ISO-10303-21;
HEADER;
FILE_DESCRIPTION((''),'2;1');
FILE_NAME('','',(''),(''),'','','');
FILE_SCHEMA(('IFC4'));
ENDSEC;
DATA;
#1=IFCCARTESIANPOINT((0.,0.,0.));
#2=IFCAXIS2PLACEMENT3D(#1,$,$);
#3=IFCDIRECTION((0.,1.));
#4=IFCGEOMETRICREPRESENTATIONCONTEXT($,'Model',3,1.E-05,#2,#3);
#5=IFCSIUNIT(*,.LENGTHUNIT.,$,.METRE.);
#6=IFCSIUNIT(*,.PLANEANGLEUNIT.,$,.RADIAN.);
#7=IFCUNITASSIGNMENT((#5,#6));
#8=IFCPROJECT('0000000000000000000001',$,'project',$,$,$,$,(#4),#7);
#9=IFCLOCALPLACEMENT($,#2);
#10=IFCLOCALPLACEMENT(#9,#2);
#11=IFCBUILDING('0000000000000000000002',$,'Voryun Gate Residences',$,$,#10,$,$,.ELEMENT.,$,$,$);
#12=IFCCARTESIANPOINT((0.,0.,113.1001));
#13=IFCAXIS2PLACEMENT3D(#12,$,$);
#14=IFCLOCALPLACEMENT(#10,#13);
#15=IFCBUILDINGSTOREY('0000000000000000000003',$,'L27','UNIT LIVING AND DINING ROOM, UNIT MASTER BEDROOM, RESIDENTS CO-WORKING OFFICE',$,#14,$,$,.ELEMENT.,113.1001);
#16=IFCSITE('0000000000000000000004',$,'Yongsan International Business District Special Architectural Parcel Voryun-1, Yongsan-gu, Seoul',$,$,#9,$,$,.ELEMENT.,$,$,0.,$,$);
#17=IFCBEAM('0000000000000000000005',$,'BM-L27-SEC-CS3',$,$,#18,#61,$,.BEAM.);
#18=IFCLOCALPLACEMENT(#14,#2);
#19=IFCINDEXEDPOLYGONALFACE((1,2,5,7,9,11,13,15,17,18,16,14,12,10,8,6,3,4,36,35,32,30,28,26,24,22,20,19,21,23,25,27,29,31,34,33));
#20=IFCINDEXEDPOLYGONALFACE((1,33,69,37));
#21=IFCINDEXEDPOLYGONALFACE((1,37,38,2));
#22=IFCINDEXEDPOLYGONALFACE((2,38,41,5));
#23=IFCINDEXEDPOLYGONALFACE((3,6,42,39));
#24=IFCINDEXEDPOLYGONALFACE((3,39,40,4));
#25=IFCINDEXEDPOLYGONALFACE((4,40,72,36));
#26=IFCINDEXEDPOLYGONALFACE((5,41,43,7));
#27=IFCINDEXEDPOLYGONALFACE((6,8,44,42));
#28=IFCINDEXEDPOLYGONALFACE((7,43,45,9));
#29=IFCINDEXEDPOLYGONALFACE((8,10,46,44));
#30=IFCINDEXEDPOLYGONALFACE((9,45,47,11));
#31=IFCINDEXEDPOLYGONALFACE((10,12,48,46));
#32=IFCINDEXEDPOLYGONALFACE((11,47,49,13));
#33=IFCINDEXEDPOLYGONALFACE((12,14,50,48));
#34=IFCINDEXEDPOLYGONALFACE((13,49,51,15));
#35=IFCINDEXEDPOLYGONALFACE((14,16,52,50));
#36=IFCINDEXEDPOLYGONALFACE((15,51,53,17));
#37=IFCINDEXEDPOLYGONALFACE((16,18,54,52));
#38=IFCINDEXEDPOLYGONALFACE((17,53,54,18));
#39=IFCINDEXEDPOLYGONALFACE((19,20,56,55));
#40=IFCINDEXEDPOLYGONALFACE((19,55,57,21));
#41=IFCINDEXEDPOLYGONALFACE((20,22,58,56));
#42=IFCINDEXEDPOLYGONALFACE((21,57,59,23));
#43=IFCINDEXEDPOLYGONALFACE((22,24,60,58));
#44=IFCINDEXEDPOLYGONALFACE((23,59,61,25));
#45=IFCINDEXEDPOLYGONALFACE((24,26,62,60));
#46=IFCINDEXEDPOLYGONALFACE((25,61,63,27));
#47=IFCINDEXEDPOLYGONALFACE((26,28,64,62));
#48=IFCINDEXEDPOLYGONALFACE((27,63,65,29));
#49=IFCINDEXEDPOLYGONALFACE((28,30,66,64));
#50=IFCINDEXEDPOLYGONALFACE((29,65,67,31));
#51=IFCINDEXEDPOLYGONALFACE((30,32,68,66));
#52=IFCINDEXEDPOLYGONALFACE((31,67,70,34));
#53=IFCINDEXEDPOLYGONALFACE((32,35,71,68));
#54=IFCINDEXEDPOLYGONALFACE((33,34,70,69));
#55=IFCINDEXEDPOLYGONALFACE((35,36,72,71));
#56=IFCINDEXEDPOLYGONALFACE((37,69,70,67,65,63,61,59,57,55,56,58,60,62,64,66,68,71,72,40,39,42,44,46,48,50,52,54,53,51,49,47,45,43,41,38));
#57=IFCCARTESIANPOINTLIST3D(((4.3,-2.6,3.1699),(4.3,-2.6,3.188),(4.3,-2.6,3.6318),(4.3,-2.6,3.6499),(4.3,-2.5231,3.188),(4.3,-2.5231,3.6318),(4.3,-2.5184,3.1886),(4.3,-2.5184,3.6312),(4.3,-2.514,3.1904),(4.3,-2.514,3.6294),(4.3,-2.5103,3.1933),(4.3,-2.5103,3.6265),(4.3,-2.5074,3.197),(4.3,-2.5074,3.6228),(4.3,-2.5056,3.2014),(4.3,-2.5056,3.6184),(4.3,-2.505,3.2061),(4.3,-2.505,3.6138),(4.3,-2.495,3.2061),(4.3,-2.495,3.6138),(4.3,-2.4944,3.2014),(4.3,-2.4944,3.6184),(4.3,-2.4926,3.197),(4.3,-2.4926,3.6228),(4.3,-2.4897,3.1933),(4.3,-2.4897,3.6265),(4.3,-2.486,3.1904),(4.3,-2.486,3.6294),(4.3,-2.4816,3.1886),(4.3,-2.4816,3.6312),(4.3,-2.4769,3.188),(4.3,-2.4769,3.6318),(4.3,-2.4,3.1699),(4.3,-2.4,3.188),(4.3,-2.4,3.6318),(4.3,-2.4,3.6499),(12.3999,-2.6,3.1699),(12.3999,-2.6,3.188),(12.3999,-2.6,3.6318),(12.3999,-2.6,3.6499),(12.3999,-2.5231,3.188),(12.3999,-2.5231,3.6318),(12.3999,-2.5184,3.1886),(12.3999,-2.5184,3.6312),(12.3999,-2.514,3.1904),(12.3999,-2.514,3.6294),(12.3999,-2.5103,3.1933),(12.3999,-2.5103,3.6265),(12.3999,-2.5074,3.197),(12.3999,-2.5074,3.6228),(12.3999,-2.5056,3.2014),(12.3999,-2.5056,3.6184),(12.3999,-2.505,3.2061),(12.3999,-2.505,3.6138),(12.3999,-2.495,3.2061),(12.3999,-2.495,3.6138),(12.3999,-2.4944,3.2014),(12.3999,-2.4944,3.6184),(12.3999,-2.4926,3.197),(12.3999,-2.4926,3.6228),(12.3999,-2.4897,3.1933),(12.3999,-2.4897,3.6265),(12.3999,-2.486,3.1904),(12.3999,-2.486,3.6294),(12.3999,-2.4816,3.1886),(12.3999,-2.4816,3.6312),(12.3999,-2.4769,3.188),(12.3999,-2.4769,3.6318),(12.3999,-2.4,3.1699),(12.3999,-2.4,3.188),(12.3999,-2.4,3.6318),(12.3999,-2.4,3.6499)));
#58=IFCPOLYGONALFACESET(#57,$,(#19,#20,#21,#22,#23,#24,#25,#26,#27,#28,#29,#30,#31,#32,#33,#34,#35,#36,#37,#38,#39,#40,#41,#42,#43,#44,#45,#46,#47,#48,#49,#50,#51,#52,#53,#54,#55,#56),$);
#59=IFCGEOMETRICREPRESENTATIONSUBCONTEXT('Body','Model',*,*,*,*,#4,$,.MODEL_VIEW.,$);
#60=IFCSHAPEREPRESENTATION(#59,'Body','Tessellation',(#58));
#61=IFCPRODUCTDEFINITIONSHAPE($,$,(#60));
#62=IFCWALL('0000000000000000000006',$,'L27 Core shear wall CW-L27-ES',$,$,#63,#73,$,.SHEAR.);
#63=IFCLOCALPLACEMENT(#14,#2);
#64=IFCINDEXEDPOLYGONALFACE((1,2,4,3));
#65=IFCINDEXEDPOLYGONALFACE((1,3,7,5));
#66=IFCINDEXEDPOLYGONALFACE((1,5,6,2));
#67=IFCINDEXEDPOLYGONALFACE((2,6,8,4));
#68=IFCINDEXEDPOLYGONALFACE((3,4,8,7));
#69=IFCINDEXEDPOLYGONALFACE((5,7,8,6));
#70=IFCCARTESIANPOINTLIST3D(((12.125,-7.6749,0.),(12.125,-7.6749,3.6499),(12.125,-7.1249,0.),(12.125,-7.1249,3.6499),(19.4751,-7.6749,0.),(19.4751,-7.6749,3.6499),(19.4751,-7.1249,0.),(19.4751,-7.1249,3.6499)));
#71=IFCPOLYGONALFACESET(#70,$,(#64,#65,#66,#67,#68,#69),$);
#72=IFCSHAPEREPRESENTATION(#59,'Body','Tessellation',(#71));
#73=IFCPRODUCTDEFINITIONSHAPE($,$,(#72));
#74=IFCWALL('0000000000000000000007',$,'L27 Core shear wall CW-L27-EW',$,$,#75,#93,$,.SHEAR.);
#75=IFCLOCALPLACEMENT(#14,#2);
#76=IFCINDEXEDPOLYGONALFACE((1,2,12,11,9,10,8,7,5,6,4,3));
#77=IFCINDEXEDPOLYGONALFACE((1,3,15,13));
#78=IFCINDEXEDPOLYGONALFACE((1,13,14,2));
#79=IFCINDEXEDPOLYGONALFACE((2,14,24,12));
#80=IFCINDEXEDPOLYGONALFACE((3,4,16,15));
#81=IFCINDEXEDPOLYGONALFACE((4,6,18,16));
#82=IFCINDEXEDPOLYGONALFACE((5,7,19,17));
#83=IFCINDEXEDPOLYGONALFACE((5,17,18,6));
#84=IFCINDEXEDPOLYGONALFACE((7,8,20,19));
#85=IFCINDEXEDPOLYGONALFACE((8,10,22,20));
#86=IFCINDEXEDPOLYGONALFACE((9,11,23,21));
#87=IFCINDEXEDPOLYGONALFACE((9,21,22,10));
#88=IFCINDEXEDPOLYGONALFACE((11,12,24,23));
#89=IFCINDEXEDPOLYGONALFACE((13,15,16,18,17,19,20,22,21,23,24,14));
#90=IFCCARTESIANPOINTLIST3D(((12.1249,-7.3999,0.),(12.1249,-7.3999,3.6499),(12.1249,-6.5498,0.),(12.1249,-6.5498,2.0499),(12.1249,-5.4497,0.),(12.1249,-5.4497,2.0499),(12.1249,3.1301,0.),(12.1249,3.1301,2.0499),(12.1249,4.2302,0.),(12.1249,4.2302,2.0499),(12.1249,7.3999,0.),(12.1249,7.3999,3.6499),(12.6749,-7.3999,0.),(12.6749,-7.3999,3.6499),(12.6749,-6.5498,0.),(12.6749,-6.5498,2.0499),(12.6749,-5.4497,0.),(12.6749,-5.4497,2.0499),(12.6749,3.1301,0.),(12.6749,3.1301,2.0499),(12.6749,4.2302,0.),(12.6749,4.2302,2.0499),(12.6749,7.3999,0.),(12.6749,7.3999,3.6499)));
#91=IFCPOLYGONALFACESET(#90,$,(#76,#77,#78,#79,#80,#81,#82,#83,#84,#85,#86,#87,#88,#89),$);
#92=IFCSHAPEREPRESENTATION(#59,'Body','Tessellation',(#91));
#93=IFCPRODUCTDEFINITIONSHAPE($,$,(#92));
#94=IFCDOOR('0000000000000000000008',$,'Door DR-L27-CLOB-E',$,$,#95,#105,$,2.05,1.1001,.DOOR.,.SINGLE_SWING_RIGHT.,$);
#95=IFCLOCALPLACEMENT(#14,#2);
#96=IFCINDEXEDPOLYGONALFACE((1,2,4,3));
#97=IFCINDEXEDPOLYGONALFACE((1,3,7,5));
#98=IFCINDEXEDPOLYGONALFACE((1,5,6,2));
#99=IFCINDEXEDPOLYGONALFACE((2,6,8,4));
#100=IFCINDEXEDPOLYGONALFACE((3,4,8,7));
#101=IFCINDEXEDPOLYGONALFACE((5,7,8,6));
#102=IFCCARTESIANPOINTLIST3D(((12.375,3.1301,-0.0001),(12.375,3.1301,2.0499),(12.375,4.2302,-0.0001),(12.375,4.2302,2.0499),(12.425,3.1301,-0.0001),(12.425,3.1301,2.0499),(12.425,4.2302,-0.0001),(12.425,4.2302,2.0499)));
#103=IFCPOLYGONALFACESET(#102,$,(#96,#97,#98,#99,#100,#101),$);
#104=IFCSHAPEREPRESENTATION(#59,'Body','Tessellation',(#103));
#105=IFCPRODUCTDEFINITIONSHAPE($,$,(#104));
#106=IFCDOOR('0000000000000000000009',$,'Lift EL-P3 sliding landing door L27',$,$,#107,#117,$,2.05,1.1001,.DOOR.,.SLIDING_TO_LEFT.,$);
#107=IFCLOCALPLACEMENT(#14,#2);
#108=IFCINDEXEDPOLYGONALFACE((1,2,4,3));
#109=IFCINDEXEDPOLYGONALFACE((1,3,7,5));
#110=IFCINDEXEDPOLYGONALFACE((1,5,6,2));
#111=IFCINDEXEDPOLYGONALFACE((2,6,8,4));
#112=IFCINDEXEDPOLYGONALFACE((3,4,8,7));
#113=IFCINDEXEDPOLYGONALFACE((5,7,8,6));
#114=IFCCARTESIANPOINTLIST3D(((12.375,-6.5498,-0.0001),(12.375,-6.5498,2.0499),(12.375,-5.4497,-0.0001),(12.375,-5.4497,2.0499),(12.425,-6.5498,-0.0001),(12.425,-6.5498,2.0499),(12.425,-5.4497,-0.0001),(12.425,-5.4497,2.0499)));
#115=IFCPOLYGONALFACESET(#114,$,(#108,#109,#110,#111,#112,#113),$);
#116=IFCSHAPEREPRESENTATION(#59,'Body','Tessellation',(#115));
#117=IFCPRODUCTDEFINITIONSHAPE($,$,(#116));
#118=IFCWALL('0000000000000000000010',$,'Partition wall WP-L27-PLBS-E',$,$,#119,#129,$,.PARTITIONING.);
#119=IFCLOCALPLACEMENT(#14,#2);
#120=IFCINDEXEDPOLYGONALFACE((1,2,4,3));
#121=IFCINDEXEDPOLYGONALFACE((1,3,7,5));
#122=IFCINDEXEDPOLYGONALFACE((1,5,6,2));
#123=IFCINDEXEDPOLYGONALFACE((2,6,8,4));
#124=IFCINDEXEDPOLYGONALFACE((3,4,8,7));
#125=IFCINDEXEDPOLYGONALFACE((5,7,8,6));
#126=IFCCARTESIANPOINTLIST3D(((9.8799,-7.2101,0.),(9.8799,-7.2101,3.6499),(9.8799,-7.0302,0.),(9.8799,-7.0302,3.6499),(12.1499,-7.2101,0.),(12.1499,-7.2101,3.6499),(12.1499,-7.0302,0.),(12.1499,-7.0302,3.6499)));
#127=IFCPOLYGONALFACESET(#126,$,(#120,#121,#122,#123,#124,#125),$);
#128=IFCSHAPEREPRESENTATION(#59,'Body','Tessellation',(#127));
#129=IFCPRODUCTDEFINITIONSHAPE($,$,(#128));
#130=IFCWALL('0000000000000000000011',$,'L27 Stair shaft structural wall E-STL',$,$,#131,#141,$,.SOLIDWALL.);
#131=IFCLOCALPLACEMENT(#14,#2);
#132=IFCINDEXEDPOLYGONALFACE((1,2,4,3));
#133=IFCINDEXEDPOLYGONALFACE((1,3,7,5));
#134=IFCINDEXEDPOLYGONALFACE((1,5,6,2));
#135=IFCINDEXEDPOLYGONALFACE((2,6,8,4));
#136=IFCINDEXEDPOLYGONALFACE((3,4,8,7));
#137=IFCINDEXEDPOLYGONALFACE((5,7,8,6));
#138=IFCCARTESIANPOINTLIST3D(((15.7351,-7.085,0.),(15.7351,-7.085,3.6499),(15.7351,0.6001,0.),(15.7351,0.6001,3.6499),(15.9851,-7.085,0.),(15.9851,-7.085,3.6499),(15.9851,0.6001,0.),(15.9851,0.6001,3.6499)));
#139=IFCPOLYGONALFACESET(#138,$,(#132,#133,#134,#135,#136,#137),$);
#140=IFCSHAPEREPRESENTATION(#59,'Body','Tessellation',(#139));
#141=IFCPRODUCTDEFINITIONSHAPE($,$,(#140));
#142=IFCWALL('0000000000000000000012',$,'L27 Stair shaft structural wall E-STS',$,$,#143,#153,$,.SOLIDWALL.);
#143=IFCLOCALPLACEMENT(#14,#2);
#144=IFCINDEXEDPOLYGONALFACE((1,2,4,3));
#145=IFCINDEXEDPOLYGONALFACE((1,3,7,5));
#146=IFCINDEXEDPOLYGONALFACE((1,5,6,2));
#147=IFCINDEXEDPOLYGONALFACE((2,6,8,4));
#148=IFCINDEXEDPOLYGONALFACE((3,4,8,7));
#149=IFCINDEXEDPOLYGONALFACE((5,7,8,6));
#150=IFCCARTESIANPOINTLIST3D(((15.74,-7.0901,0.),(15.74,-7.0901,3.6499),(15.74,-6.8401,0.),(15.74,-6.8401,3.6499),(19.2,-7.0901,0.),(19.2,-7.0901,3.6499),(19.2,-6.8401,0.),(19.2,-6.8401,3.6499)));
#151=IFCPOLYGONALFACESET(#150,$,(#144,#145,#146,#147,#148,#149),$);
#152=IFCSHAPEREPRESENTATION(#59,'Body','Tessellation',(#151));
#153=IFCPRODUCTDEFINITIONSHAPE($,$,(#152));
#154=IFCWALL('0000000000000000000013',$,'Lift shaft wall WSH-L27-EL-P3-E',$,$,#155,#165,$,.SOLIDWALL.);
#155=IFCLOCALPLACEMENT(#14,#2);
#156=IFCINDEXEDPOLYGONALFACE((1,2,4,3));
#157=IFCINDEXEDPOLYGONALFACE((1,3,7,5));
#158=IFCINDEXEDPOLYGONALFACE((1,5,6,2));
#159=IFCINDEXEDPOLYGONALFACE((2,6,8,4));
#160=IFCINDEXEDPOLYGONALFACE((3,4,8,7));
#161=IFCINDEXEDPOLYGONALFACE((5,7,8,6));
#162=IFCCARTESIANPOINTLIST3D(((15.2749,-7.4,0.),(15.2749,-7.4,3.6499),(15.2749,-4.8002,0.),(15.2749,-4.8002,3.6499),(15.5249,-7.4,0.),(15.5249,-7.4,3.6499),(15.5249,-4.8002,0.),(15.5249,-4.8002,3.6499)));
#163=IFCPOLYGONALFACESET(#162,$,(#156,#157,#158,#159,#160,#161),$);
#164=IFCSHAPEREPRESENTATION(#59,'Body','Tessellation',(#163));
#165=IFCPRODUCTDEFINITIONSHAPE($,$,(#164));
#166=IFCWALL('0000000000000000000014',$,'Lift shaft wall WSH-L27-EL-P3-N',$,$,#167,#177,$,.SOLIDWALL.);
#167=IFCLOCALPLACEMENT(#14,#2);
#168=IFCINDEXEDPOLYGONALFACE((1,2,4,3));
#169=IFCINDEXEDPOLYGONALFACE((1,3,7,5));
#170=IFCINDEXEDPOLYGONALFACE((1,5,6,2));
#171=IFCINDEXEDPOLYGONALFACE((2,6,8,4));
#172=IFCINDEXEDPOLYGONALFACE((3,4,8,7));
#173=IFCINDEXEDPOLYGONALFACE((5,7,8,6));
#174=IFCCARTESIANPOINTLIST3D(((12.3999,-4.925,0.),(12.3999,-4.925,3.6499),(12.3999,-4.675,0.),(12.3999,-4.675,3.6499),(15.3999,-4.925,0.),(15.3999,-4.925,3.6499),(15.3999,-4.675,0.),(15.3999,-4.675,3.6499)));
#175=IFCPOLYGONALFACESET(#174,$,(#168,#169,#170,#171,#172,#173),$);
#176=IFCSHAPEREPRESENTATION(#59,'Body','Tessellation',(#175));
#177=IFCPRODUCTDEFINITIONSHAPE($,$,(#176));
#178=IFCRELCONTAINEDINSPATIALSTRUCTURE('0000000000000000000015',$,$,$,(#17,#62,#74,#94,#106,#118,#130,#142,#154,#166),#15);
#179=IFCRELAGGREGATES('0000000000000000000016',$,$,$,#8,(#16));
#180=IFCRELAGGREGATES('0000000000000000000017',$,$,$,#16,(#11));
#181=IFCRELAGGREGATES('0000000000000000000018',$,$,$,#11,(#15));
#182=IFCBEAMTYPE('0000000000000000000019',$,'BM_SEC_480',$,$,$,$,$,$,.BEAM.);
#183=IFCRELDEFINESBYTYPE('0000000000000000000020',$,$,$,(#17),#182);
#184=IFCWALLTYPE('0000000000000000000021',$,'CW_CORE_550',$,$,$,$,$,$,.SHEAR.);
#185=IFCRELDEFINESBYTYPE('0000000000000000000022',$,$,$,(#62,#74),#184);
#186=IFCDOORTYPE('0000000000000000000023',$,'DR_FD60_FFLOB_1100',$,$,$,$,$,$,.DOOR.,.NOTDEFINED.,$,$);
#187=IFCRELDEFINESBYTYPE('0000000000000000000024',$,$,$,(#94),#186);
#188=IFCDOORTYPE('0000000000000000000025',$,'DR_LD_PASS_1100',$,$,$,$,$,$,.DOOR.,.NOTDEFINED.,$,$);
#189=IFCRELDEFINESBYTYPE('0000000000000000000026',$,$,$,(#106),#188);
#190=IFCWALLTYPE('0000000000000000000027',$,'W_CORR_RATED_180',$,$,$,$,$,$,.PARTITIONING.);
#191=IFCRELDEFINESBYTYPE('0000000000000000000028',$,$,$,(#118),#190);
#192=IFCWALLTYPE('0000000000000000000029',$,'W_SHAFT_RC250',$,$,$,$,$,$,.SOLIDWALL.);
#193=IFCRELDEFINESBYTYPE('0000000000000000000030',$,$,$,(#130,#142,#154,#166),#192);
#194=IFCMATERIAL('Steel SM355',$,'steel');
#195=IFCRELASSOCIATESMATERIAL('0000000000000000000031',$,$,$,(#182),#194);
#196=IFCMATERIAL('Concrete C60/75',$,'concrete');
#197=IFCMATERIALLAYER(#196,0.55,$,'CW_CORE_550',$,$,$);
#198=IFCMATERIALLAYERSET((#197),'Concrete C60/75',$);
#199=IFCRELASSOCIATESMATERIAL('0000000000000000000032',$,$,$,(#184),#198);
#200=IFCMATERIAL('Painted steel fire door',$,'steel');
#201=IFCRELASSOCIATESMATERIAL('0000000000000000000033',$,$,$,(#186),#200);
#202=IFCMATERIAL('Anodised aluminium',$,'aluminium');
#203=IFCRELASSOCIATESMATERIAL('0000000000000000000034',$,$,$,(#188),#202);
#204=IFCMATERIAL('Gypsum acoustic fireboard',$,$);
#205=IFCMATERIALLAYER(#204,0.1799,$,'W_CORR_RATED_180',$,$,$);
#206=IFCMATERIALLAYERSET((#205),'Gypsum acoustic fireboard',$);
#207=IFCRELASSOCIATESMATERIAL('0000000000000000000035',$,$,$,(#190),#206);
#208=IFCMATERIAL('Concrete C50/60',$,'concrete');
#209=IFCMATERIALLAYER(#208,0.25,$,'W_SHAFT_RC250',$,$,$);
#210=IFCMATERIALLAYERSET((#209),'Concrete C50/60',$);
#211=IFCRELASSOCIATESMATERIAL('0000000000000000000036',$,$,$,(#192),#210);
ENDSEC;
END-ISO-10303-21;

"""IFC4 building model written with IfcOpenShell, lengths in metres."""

from ifc_helpers import new_model, si_unit, direction, frame, frame_2d, origin, origin_2d, place, context, subcontext, project, spatial, rectangle, i_section, extrude, material, layer, layer_set, material_profile, profile_set, type_object, element, fill, save


model = new_model("IFC4")

# Units and contexts
model_context = context("Model", 3, precision=1e-05, world=origin(), true_north=direction((0.0, 1.0)))
body_context = subcontext(model_context, "Body", "Model", "MODEL_VIEW")
ifc_project = project(units=[si_unit("LENGTHUNIT", "METRE"), si_unit("PLANEANGLEUNIT", "RADIAN")], contexts=[model_context])

# Site, building, storey
site_placement = place(None, origin())
site = spatial("IfcSite", under=ifc_project, at=site_placement, Name="Yongsan International Business District Special Architectural Parcel Voryun-1, Yongsan-gu, Seoul", CompositionType="ELEMENT", RefElevation=0.0)
building_placement = place(site_placement, origin())
building = spatial("IfcBuilding", under=site, at=building_placement, Name="Voryun Gate Residences", CompositionType="ELEMENT")
storey_placement = place(building_placement, frame((0.0, 0.0, 113.1001)))
storey = spatial("IfcBuildingStorey", under=building, at=storey_placement, Name="L27", Description="UNIT LIVING AND DINING ROOM, UNIT MASTER BEDROOM, RESIDENTS CO-WORKING OFFICE", CompositionType="ELEMENT", Elevation=113.1001)

# Beam
ifc_material_1 = material(Name="Steel SM355", Category="steel")
ifc_material_profile_1 = material_profile(ifc_material_1, i_section(OverallWidth=0.2, OverallDepth=0.48, WebThickness=0.01, FlangeThickness=0.0181, FilletRadius=0.0181, at=origin_2d()), Name="H-480x200x10x18")
ifc_profile_set_1 = profile_set([ifc_material_profile_1], Name="Steel SM355")
beam_type_1 = type_object("IfcBeamType", Name="BM_SEC_480", PredefinedType="BEAM", material=ifc_profile_set_1)
beam_1_placement = place(storey_placement, frame((4.3, -2.5, 3.4099), z_axis=(1.0, 0.0, 0.0), x_axis=(0.0, 1.0, 0.0)))
element("IfcBeam", 1, at=beam_1_placement, inside=storey, type_object=beam_type_1, Name="BM-L27-SEC-CS3", PredefinedType="BEAM", context=body_context, shape_type="SweptSolid", body=[
    extrude(i_section(OverallWidth=0.2, OverallDepth=0.48, WebThickness=0.01, FlangeThickness=0.0181, FilletRadius=0.0181, at=origin_2d()), origin(), (0.0, 0.0, 1.0), 8.0999),
])

# Wall
ifc_material_2 = material(Name="Concrete C60/75", Category="concrete")
ifc_layer_1 = layer(ifc_material_2, 0.55, Name="CW_CORE_550")
ifc_layer_set_1 = layer_set([ifc_layer_1], Name="Concrete C60/75")
wall_type_1 = type_object("IfcWallType", Name="CW_CORE_550", PredefinedType="SHEAR", material=ifc_layer_set_1)
wall_1_placement = place(storey_placement, frame((12.125, -7.3999, 0.0), z_axis=(0.0, 0.0, 1.0), x_axis=(1.0, 0.0, 0.0)))
element("IfcWall", 2, at=wall_1_placement, inside=storey, type_object=wall_type_1, Name="L27 Core shear wall CW-L27-ES", PredefinedType="SHEAR", context=body_context, shape_type="SweptSolid", body=[
    extrude(rectangle(XDim=7.3501, YDim=0.55, at=frame_2d((3.675, 0.0))), origin(), (0.0, 0.0, 1.0), 3.6499),
])

# Wall, openings, doors
wall_2_placement = place(storey_placement, frame((12.3999, -7.3999, 0.0), z_axis=(0.0, 0.0, 1.0), x_axis=(0.0, 1.0, 0.0)))
wall_2 = element("IfcWall", 3, at=wall_2_placement, inside=storey, type_object=wall_type_1, Name="L27 Core shear wall CW-L27-EW", PredefinedType="SHEAR", context=body_context, shape_type="SweptSolid", body=[
    extrude(rectangle(XDim=14.7998, YDim=0.55, at=frame_2d((7.3999, 0.0))), origin(), (0.0, 0.0, 1.0), 3.6499),
])
opening_1_placement = place(wall_2_placement, frame((0.8501, 0.0, 0.0)))
opening_1 = element("IfcOpeningElement", 4, at=opening_1_placement, cuts=wall_2, PredefinedType="OPENING", context=body_context, shape_type="SweptSolid", body=[
    extrude(rectangle(XDim=1.1001, YDim=2.05, at=frame_2d((0.55, 1.0249))), frame((0.0, 0.2849, 0.0), z_axis=(0.0, -1.0, 0.0), x_axis=(1.0, 0.0, 0.0)), (0.0, 0.0, 1.0), 0.5701),
])
opening_2_placement = place(wall_2_placement, frame((10.53, 0.0, 0.0)))
opening_2 = element("IfcOpeningElement", 5, at=opening_2_placement, cuts=wall_2, PredefinedType="OPENING", context=body_context, shape_type="SweptSolid", body=[
    extrude(rectangle(XDim=1.1001, YDim=2.05, at=frame_2d((0.55, 1.0249))), frame((0.0, 0.2849, 0.0), z_axis=(0.0, -1.0, 0.0), x_axis=(1.0, 0.0, 0.0)), (0.0, 0.0, 1.0), 0.5701),
])
ifc_material_3 = material(Name="Painted steel fire door", Category="steel")
door_type_1 = type_object("IfcDoorType", Name="DR_FD60_FFLOB_1100", OperationType="NOTDEFINED", PredefinedType="DOOR", material=ifc_material_3)
door_1_placement = place(opening_2_placement, origin())
door_1 = element("IfcDoor", 6, at=door_1_placement, inside=storey, type_object=door_type_1, Name="Door DR-L27-CLOB-E", OperationType="SINGLE_SWING_RIGHT", OverallHeight=2.05, OverallWidth=1.1001, PredefinedType="DOOR", context=body_context, shape_type="SweptSolid", body=[
    extrude(rectangle(XDim=1.1001, YDim=2.05, at=frame_2d((0.55, 1.0249))), frame((0.0, 0.0249, 0.0), z_axis=(0.0, -1.0, 0.0), x_axis=(1.0, 0.0, 0.0)), (0.0, 0.0, 1.0), 0.05),
])
fill(opening_2, door_1)
ifc_material_4 = material(Name="Anodised aluminium", Category="aluminium")
door_type_2 = type_object("IfcDoorType", Name="DR_LD_PASS_1100", OperationType="NOTDEFINED", PredefinedType="DOOR", material=ifc_material_4)
door_2_placement = place(opening_1_placement, origin())
door_2 = element("IfcDoor", 7, at=door_2_placement, inside=storey, type_object=door_type_2, Name="Lift EL-P3 sliding landing door L27", OperationType="SLIDING_TO_LEFT", OverallHeight=2.05, OverallWidth=1.1001, PredefinedType="DOOR", context=body_context, shape_type="SweptSolid", body=[
    extrude(rectangle(XDim=1.1001, YDim=2.05, at=frame_2d((0.55, 1.0249))), frame((0.0, 0.0249, 0.0), z_axis=(0.0, -1.0, 0.0), x_axis=(1.0, 0.0, 0.0)), (0.0, 0.0, 1.0), 0.05),
])
fill(opening_1, door_2)

# Walls
ifc_material_5 = material(Name="Gypsum acoustic fireboard")
ifc_layer_2 = layer(ifc_material_5, 0.1799, Name="W_CORR_RATED_180")
ifc_layer_set_2 = layer_set([ifc_layer_2], Name="Gypsum acoustic fireboard")
wall_type_2 = type_object("IfcWallType", Name="W_CORR_RATED_180", PredefinedType="PARTITIONING", material=ifc_layer_set_2)
wall_3_placement = place(storey_placement, frame((9.8799, -7.1201, 0.0), z_axis=(0.0, 0.0, 1.0), x_axis=(1.0, 0.0, 0.0)))
element("IfcWall", 8, at=wall_3_placement, inside=storey, type_object=wall_type_2, Name="Partition wall WP-L27-PLBS-E", PredefinedType="PARTITIONING", context=body_context, shape_type="SweptSolid", body=[
    extrude(rectangle(XDim=2.27, YDim=0.1799, at=frame_2d((1.135, 0.0))), origin(), (0.0, 0.0, 1.0), 3.6499),
])
ifc_material_6 = material(Name="Concrete C50/60", Category="concrete")
ifc_layer_3 = layer(ifc_material_6, 0.25, Name="W_SHAFT_RC250")
ifc_layer_set_3 = layer_set([ifc_layer_3], Name="Concrete C50/60")
wall_type_3 = type_object("IfcWallType", Name="W_SHAFT_RC250", PredefinedType="SOLIDWALL", material=ifc_layer_set_3)
wall_4_placement = place(storey_placement, frame((15.8601, -7.085, 0.0), z_axis=(0.0, 0.0, 1.0), x_axis=(0.0, 1.0, 0.0)))
element("IfcWall", 9, at=wall_4_placement, inside=storey, type_object=wall_type_3, Name="L27 Stair shaft structural wall E-STL", PredefinedType="SOLIDWALL", context=body_context, shape_type="SweptSolid", body=[
    extrude(rectangle(XDim=7.6851, YDim=0.25, at=frame_2d((3.8425, 0.0))), origin(), (0.0, 0.0, 1.0), 3.6499),
])
wall_5_placement = place(storey_placement, frame((15.74, -6.9651, 0.0), z_axis=(0.0, 0.0, 1.0), x_axis=(1.0, 0.0, 0.0)))
element("IfcWall", 10, at=wall_5_placement, inside=storey, type_object=wall_type_3, Name="L27 Stair shaft structural wall E-STS", PredefinedType="SOLIDWALL", context=body_context, shape_type="SweptSolid", body=[
    extrude(rectangle(XDim=3.46, YDim=0.25, at=frame_2d((1.73, 0.0))), origin(), (0.0, 0.0, 1.0), 3.6499),
])
wall_6_placement = place(storey_placement, frame((15.3999, -7.3999, 0.0), z_axis=(0.0, 0.0, 1.0), x_axis=(0.0, 1.0, 0.0)))
element("IfcWall", 11, at=wall_6_placement, inside=storey, type_object=wall_type_3, Name="Lift shaft wall WSH-L27-EL-P3-E", PredefinedType="SOLIDWALL", context=body_context, shape_type="SweptSolid", body=[
    extrude(rectangle(XDim=2.5999, YDim=0.25, at=frame_2d((1.2998, 0.0))), origin(), (0.0, 0.0, 1.0), 3.6499),
])
wall_7_placement = place(storey_placement, frame((15.3999, -4.8, 0.0), z_axis=(0.0, 0.0, 1.0), x_axis=(-1.0, 0.0, 0.0)))
element("IfcWall", 12, at=wall_7_placement, inside=storey, type_object=wall_type_3, Name="Lift shaft wall WSH-L27-EL-P3-N", PredefinedType="SOLIDWALL", context=body_context, shape_type="SweptSolid", body=[
    extrude(rectangle(XDim=3.0, YDim=0.25, at=frame_2d((1.5, 0.0))), origin(), (0.0, 0.0, 1.0), 3.6499),
])

save(model, "model.ifc")
